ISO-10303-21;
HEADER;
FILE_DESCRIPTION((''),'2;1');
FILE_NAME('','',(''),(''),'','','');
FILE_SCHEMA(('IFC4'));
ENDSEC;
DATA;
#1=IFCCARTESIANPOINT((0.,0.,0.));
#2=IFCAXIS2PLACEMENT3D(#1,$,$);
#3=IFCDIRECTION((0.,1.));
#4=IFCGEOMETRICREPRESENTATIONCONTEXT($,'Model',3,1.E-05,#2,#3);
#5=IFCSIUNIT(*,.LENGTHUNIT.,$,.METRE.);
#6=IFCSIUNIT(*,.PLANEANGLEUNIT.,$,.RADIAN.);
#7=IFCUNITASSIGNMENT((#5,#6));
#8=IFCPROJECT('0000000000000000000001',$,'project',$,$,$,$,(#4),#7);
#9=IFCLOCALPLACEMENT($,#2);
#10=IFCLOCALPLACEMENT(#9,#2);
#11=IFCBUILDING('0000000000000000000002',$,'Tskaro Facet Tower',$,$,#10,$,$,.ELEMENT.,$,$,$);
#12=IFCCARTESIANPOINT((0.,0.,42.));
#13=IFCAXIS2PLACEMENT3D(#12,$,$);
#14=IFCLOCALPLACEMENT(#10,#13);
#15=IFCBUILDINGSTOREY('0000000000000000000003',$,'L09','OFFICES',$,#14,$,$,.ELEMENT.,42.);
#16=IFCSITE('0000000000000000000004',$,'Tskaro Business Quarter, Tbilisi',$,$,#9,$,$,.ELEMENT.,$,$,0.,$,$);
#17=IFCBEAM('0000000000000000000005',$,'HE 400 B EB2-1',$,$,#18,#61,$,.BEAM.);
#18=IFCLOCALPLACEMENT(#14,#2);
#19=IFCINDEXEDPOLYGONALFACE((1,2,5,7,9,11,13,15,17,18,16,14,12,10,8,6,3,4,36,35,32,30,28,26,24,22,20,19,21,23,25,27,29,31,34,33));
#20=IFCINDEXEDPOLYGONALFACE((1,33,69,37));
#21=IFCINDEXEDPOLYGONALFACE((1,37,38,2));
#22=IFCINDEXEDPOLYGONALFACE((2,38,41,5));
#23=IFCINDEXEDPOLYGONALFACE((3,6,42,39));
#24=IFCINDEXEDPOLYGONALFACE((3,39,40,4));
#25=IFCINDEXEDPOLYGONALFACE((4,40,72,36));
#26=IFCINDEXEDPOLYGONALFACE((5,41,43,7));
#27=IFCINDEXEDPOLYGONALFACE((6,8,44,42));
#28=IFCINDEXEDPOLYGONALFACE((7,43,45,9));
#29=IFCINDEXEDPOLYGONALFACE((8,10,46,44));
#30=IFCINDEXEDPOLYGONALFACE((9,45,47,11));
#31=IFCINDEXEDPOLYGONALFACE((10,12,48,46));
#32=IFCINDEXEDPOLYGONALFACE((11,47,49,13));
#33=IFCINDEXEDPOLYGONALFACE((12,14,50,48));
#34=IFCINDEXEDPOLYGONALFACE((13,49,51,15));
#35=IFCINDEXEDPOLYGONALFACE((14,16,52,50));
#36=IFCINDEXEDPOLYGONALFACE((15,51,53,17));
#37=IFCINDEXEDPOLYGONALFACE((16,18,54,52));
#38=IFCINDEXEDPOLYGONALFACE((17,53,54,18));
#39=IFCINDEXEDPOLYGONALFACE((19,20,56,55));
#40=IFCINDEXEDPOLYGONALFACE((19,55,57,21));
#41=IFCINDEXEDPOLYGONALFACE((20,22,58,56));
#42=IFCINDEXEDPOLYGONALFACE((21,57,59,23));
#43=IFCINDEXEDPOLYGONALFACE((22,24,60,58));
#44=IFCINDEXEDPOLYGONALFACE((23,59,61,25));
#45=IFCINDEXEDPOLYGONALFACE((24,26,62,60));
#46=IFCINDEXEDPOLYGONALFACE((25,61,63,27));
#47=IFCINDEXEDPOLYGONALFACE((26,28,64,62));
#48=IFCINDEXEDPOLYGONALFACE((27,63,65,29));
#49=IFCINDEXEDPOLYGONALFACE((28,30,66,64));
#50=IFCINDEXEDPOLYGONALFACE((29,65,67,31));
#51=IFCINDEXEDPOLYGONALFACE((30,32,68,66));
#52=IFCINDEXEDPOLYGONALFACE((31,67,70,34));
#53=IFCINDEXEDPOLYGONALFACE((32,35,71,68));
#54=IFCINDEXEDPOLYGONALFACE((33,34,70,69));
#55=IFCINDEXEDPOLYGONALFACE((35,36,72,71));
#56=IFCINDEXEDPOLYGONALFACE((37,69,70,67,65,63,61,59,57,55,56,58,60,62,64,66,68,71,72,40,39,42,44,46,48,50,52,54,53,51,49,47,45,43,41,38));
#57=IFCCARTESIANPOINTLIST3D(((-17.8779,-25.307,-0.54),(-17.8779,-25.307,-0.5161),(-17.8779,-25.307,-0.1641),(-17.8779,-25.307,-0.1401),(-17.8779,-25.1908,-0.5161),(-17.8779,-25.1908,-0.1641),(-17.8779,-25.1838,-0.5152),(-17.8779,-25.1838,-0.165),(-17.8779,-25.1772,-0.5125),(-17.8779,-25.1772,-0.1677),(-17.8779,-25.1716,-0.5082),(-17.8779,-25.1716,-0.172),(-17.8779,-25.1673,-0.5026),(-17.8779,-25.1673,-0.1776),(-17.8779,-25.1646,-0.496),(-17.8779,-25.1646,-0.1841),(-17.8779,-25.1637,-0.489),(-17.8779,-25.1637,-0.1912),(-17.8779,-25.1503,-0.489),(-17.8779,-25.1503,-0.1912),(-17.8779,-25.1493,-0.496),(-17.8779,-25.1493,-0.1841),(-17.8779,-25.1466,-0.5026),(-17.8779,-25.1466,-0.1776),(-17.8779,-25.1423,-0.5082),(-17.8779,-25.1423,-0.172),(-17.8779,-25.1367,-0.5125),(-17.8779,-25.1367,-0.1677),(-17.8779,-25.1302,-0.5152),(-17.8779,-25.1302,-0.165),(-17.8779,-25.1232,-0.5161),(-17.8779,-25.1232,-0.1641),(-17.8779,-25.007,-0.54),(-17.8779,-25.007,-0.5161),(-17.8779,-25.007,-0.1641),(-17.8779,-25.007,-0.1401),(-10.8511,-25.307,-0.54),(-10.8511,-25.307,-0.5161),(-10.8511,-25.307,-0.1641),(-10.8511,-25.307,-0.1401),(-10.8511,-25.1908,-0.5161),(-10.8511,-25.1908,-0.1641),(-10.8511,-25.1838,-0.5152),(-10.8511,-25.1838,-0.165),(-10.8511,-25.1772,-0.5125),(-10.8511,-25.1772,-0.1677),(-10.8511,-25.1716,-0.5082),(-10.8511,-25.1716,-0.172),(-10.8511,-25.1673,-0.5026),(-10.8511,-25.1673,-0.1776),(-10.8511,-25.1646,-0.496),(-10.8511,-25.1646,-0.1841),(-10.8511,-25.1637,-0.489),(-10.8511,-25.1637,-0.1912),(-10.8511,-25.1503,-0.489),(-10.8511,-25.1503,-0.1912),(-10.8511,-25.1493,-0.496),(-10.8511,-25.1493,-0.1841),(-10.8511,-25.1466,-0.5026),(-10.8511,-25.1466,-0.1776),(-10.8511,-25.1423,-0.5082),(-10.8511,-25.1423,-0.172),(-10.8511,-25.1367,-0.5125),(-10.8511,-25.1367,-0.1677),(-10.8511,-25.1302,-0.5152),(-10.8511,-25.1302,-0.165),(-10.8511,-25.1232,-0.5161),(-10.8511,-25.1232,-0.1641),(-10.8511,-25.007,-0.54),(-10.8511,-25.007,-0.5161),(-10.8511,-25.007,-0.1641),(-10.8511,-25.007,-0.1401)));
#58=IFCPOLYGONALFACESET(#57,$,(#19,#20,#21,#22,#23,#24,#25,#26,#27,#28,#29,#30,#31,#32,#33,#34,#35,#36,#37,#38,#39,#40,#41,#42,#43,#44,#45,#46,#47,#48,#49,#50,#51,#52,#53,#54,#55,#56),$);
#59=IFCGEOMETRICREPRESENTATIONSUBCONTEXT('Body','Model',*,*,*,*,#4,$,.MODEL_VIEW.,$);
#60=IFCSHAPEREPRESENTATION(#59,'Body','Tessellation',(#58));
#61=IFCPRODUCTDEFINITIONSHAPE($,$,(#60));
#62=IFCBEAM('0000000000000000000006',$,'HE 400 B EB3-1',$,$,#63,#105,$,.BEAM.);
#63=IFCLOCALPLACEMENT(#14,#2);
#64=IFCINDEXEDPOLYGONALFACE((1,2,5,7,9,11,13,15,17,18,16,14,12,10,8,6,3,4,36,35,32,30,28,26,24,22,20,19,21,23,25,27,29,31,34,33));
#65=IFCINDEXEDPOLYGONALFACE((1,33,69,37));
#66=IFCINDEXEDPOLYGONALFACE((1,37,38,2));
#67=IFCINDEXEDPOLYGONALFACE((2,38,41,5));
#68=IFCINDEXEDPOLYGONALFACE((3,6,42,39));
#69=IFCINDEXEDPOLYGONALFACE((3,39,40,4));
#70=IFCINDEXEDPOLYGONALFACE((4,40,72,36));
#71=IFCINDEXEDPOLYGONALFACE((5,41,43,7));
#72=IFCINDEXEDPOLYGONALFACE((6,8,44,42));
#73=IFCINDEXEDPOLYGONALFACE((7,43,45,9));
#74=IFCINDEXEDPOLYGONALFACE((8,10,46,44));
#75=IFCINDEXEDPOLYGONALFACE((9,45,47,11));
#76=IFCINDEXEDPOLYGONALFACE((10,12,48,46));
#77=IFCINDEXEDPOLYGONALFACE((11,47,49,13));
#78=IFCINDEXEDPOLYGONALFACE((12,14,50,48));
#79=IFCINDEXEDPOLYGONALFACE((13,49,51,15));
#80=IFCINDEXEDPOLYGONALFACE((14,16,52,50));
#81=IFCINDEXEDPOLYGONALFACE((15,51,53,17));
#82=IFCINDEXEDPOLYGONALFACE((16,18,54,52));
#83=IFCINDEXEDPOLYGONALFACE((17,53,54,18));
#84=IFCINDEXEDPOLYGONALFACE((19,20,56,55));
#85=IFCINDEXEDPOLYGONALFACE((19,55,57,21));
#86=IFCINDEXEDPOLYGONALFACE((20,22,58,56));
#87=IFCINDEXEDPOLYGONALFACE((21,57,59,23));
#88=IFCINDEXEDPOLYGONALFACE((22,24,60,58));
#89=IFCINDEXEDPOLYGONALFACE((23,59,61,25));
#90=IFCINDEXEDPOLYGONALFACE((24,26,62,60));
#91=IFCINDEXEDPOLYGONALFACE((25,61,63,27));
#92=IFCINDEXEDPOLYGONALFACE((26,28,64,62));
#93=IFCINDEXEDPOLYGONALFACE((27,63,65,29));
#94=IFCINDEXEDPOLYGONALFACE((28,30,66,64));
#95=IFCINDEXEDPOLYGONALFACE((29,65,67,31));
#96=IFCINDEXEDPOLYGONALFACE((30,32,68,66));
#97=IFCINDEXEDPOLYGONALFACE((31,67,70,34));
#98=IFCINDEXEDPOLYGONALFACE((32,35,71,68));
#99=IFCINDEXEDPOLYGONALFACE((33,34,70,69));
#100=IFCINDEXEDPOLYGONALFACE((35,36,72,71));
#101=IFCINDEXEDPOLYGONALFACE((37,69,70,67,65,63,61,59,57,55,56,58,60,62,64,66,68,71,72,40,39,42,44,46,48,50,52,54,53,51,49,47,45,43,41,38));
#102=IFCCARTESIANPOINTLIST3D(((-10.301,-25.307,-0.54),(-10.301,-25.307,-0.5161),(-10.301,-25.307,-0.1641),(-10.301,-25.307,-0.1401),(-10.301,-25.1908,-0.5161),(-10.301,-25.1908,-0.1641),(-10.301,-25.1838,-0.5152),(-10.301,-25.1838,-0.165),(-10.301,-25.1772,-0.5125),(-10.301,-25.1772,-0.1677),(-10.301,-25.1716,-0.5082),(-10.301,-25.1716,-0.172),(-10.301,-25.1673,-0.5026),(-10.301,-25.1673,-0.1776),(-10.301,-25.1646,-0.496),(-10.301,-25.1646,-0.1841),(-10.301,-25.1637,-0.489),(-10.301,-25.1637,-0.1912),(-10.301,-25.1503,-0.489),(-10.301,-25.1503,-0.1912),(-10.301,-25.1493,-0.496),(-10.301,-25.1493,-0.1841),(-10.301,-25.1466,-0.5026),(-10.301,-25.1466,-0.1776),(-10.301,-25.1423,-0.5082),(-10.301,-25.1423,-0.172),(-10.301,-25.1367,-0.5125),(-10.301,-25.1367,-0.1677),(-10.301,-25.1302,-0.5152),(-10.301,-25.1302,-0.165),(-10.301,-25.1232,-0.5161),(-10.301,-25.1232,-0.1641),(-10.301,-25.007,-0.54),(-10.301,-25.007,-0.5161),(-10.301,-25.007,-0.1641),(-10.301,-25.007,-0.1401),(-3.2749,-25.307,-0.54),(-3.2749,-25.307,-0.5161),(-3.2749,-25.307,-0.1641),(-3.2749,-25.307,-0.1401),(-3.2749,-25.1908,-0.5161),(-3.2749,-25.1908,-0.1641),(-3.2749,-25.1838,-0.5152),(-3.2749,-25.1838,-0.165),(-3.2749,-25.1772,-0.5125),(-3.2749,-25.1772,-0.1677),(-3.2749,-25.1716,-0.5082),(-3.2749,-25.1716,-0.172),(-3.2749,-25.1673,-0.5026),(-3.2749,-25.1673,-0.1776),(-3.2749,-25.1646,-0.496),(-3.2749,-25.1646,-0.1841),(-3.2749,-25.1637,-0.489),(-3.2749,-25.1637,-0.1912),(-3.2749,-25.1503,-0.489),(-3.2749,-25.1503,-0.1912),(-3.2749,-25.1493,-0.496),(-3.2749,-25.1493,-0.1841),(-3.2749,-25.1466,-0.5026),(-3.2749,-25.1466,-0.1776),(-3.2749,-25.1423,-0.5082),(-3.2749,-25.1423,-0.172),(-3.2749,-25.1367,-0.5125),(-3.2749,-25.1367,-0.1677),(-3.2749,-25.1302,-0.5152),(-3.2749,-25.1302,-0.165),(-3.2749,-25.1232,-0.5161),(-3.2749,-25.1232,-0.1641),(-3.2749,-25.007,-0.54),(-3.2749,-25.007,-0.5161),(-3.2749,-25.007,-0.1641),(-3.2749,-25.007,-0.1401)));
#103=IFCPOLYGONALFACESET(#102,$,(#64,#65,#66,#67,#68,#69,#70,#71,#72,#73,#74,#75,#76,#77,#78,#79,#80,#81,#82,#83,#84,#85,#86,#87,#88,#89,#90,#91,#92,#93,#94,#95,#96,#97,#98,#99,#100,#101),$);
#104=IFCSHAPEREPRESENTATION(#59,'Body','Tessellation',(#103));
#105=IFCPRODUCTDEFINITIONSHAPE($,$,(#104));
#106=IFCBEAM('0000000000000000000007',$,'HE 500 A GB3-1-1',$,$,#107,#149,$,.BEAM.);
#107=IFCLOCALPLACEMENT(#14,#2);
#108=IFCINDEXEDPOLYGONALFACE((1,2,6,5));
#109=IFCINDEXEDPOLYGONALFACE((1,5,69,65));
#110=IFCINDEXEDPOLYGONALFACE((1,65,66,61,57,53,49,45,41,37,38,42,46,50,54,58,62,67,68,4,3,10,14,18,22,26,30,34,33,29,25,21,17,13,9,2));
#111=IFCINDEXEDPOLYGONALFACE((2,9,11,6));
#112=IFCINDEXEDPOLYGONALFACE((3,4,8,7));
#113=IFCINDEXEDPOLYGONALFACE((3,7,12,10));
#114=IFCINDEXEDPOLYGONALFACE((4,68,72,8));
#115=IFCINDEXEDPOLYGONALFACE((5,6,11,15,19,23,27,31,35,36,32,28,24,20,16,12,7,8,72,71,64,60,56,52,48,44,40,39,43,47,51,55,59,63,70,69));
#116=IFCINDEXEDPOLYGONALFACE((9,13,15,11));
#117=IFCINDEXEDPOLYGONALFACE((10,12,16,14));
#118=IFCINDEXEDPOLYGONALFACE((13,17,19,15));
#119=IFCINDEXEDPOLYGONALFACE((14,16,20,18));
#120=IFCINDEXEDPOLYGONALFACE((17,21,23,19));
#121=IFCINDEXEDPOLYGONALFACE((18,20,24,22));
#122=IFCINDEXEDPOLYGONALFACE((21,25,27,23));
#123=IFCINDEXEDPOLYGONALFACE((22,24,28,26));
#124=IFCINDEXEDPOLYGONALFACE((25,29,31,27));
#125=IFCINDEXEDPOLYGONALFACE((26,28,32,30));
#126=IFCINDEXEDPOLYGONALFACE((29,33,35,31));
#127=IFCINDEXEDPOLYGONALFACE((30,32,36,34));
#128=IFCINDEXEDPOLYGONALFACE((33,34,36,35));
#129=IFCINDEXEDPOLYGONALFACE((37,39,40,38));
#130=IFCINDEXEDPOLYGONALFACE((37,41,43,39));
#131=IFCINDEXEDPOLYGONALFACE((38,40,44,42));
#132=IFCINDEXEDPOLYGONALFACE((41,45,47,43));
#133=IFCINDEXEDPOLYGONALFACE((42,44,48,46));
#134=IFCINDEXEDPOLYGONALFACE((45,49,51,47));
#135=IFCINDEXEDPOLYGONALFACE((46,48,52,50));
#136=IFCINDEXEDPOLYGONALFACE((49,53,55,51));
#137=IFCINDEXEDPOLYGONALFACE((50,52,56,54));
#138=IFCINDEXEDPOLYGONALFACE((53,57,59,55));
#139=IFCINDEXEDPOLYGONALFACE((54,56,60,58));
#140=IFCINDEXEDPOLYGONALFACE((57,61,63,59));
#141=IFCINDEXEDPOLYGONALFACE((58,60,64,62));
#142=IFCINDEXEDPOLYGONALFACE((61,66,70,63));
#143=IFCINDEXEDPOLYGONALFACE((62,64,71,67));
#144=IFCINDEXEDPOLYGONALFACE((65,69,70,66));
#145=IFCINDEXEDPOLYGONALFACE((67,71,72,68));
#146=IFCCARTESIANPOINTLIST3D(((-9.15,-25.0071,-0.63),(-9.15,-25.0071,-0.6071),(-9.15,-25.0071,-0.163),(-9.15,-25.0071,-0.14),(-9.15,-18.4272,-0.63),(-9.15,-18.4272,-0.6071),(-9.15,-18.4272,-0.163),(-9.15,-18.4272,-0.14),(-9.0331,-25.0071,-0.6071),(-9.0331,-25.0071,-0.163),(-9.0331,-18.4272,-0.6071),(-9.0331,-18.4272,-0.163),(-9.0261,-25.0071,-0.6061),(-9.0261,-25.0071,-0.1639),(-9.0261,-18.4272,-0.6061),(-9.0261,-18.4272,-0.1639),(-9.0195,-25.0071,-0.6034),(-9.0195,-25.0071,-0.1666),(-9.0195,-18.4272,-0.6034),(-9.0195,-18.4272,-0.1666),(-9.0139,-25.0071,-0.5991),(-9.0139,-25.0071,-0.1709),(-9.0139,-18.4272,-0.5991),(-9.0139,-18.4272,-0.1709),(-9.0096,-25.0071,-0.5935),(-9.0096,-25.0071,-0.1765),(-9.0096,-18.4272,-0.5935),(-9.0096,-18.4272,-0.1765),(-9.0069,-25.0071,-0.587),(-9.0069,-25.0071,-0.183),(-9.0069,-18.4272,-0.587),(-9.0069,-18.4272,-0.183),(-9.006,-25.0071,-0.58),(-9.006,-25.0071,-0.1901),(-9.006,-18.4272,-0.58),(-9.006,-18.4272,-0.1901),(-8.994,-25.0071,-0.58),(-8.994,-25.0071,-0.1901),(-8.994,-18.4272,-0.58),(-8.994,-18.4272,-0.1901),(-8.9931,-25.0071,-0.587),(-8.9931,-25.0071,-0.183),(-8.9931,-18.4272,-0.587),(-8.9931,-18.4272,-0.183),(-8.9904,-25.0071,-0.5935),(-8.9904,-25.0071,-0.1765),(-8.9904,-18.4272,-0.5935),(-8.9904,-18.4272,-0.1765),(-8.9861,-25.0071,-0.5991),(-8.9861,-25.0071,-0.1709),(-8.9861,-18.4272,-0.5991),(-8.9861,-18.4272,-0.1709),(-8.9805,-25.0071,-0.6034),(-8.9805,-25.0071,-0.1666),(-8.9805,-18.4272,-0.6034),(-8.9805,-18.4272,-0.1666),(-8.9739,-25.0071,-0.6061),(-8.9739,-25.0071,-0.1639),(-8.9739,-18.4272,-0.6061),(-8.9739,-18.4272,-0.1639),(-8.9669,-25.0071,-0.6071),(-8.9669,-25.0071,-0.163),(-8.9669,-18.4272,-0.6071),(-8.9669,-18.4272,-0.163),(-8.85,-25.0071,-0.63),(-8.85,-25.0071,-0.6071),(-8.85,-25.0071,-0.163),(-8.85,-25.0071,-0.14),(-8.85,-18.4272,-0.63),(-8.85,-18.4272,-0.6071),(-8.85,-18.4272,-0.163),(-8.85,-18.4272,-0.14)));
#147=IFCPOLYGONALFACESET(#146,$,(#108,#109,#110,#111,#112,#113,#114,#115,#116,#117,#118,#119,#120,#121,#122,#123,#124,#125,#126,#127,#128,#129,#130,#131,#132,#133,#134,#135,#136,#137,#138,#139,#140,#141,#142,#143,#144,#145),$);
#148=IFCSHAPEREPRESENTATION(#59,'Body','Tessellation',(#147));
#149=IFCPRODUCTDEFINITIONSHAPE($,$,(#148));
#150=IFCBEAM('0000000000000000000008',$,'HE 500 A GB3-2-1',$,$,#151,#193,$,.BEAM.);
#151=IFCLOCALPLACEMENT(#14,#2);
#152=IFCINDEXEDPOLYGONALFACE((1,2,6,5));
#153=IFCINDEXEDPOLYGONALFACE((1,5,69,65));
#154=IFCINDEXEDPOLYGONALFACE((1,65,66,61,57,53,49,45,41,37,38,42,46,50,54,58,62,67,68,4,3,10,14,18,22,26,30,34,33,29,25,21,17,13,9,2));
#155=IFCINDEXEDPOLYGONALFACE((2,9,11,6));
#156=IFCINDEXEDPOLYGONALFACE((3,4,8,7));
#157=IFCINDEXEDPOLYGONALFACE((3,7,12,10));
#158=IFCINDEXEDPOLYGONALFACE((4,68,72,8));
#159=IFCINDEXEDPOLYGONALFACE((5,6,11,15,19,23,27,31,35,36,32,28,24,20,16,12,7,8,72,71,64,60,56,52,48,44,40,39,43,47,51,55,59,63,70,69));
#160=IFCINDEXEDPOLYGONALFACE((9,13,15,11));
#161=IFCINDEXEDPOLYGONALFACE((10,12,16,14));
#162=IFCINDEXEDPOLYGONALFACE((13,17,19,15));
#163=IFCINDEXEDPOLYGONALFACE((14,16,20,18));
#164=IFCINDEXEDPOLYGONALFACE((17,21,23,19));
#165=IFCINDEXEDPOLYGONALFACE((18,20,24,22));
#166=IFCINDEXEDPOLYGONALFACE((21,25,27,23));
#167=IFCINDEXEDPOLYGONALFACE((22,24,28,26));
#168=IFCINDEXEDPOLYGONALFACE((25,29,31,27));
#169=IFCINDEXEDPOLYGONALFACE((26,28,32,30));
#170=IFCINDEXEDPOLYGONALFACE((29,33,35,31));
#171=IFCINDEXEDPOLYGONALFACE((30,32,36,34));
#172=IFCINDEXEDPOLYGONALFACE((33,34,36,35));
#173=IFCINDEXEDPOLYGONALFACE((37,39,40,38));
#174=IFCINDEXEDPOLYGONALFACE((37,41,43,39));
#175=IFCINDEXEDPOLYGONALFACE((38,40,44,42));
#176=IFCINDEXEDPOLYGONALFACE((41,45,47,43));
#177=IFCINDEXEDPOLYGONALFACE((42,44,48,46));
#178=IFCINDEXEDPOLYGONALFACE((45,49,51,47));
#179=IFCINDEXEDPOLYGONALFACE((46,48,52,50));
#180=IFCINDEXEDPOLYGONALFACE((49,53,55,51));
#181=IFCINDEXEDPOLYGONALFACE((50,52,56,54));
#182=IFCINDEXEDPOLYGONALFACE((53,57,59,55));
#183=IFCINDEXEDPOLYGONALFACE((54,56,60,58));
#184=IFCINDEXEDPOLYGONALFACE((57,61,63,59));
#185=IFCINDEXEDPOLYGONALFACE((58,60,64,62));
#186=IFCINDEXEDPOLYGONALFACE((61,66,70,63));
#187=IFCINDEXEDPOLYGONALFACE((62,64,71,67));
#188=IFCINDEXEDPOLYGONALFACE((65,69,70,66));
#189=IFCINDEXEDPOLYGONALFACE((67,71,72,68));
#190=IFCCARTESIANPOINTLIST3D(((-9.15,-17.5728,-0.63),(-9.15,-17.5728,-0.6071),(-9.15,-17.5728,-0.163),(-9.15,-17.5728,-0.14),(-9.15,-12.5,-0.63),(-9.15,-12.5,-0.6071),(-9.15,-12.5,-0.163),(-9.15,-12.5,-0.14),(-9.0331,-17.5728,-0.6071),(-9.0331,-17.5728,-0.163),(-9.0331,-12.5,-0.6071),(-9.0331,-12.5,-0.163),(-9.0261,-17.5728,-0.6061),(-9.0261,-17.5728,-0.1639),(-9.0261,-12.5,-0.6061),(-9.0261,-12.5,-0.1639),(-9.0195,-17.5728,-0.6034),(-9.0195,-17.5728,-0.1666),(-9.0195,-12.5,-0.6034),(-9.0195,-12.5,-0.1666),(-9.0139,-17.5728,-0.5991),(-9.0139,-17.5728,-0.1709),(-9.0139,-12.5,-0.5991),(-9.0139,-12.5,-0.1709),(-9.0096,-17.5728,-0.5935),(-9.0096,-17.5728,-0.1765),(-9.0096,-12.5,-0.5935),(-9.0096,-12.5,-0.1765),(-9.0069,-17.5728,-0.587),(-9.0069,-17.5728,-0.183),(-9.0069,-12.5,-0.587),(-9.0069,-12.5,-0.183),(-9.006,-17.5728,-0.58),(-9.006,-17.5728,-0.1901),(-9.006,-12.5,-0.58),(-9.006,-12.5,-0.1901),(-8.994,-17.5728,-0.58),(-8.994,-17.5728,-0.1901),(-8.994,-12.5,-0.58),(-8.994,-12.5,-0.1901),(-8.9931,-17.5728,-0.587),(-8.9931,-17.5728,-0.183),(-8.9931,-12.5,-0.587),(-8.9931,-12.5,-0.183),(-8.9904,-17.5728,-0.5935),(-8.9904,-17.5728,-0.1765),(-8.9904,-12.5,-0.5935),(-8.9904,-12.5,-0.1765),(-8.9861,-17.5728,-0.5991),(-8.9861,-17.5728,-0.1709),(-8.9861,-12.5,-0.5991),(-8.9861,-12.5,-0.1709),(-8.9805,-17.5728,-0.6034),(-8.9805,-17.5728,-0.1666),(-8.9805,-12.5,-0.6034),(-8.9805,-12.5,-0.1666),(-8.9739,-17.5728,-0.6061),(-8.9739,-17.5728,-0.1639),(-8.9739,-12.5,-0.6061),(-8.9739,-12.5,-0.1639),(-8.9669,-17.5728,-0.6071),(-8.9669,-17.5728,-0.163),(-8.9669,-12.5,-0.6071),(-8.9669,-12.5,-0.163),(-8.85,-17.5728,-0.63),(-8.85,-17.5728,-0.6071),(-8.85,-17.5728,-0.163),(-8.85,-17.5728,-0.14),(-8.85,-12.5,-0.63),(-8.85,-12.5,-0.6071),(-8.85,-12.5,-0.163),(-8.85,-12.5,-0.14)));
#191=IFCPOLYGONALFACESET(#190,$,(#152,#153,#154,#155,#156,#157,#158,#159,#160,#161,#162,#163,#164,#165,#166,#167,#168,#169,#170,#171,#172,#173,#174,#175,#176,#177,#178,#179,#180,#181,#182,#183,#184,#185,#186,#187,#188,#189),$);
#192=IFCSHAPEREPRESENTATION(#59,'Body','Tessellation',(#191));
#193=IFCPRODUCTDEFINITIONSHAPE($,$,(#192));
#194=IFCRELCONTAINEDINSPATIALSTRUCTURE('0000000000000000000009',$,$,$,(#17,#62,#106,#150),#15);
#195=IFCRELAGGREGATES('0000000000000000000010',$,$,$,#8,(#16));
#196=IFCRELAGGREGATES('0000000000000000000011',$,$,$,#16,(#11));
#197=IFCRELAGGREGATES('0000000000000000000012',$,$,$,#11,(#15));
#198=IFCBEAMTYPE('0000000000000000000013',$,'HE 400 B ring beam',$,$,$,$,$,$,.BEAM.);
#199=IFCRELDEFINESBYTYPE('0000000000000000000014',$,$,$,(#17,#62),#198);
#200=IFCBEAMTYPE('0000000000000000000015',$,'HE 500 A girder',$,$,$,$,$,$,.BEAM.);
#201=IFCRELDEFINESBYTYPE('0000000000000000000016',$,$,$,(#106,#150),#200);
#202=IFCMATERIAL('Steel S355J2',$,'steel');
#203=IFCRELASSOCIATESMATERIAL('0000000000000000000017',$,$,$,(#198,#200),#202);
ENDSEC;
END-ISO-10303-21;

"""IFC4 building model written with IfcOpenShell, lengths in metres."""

from ifc_helpers import new_model, si_unit, direction, frame, origin, origin_2d, place, context, subcontext, project, spatial, i_section, extrude, material, material_profile, profile_set, type_object, element, save


model = new_model("IFC4")

# Units and contexts
model_context = context("Model", 3, precision=1e-05, world=origin(), true_north=direction((0.0, 1.0)))
body_context = subcontext(model_context, "Body", "Model", "MODEL_VIEW")
ifc_project = project(units=[si_unit("LENGTHUNIT", "METRE"), si_unit("PLANEANGLEUNIT", "RADIAN")], contexts=[model_context])

# Site, building, storey
site_placement = place(None, origin())
site = spatial("IfcSite", under=ifc_project, at=site_placement, Name="Tskaro Business Quarter, Tbilisi", CompositionType="ELEMENT", RefElevation=0.0)
building_placement = place(site_placement, origin())
building = spatial("IfcBuilding", under=site, at=building_placement, Name="Tskaro Facet Tower", CompositionType="ELEMENT")
storey_placement = place(building_placement, frame((0.0, 0.0, 42.0)))
storey = spatial("IfcBuildingStorey", under=building, at=storey_placement, Name="L09", Description="OFFICES", CompositionType="ELEMENT", Elevation=42.0)

# Beams
ifc_material_1 = material(Name="Steel S355J2", Category="steel")
ifc_material_profile_1 = material_profile(ifc_material_1, i_section(OverallWidth=0.3, OverallDepth=0.3999, WebThickness=0.0134, FlangeThickness=0.0239, FilletRadius=0.0271, at=origin_2d()), Name="HE 400 B")
ifc_profile_set_1 = profile_set([ifc_material_profile_1], Name="Steel S355J2")
beam_type_1 = type_object("IfcBeamType", Name="HE 400 B ring beam", PredefinedType="BEAM", material=ifc_profile_set_1)
beam_1_placement = place(storey_placement, frame((-17.8779, -25.157, -0.3401), z_axis=(1.0, 0.0, 0.0), x_axis=(0.0, 1.0, 0.0)))
element("IfcBeam", 1, at=beam_1_placement, inside=storey, type_object=beam_type_1, Name="HE 400 B EB2-1", PredefinedType="BEAM", context=body_context, shape_type="SweptSolid", body=[
    extrude(i_section(OverallWidth=0.3, OverallDepth=0.3999, WebThickness=0.0134, FlangeThickness=0.0239, FilletRadius=0.0271, at=origin_2d()), origin(), (0.0, 0.0, 1.0), 7.0269),
])
beam_2_placement = place(storey_placement, frame((-10.301, -25.157, -0.3401), z_axis=(1.0, 0.0, 0.0), x_axis=(0.0, 1.0, 0.0)))
element("IfcBeam", 2, at=beam_2_placement, inside=storey, type_object=beam_type_1, Name="HE 400 B EB3-1", PredefinedType="BEAM", context=body_context, shape_type="SweptSolid", body=[
    extrude(i_section(OverallWidth=0.3, OverallDepth=0.3999, WebThickness=0.0134, FlangeThickness=0.0239, FilletRadius=0.0271, at=origin_2d()), origin(), (0.0, 0.0, 1.0), 7.0261),
])
ifc_material_profile_2 = material_profile(ifc_material_1, i_section(OverallWidth=0.3, OverallDepth=0.49, WebThickness=0.012, FlangeThickness=0.0229, FilletRadius=0.0271, at=origin_2d()), Name="HE 500 A")
ifc_profile_set_2 = profile_set([ifc_material_profile_2], Name="Steel S355J2")
beam_type_2 = type_object("IfcBeamType", Name="HE 500 A girder", PredefinedType="BEAM", material=ifc_profile_set_2)
beam_3_placement = place(storey_placement, frame((-9.0, -25.0071, -0.385), z_axis=(0.0, 1.0, 0.0), x_axis=(-1.0, 0.0, 0.0)))
element("IfcBeam", 3, at=beam_3_placement, inside=storey, type_object=beam_type_2, Name="HE 500 A GB3-1-1", PredefinedType="BEAM", context=body_context, shape_type="SweptSolid", body=[
    extrude(i_section(OverallWidth=0.3, OverallDepth=0.49, WebThickness=0.012, FlangeThickness=0.0229, FilletRadius=0.0271, at=origin_2d()), origin(), (0.0, 0.0, 1.0), 6.5798),
])
beam_4_placement = place(storey_placement, frame((-9.0, -17.5728, -0.385), z_axis=(0.0, 1.0, 0.0), x_axis=(-1.0, 0.0, 0.0)))
element("IfcBeam", 4, at=beam_4_placement, inside=storey, type_object=beam_type_2, Name="HE 500 A GB3-2-1", PredefinedType="BEAM", context=body_context, shape_type="SweptSolid", body=[
    extrude(i_section(OverallWidth=0.3, OverallDepth=0.49, WebThickness=0.012, FlangeThickness=0.0229, FilletRadius=0.0271, at=origin_2d()), origin(), (0.0, 0.0, 1.0), 5.0728),
])

save(model, "model.ifc")
